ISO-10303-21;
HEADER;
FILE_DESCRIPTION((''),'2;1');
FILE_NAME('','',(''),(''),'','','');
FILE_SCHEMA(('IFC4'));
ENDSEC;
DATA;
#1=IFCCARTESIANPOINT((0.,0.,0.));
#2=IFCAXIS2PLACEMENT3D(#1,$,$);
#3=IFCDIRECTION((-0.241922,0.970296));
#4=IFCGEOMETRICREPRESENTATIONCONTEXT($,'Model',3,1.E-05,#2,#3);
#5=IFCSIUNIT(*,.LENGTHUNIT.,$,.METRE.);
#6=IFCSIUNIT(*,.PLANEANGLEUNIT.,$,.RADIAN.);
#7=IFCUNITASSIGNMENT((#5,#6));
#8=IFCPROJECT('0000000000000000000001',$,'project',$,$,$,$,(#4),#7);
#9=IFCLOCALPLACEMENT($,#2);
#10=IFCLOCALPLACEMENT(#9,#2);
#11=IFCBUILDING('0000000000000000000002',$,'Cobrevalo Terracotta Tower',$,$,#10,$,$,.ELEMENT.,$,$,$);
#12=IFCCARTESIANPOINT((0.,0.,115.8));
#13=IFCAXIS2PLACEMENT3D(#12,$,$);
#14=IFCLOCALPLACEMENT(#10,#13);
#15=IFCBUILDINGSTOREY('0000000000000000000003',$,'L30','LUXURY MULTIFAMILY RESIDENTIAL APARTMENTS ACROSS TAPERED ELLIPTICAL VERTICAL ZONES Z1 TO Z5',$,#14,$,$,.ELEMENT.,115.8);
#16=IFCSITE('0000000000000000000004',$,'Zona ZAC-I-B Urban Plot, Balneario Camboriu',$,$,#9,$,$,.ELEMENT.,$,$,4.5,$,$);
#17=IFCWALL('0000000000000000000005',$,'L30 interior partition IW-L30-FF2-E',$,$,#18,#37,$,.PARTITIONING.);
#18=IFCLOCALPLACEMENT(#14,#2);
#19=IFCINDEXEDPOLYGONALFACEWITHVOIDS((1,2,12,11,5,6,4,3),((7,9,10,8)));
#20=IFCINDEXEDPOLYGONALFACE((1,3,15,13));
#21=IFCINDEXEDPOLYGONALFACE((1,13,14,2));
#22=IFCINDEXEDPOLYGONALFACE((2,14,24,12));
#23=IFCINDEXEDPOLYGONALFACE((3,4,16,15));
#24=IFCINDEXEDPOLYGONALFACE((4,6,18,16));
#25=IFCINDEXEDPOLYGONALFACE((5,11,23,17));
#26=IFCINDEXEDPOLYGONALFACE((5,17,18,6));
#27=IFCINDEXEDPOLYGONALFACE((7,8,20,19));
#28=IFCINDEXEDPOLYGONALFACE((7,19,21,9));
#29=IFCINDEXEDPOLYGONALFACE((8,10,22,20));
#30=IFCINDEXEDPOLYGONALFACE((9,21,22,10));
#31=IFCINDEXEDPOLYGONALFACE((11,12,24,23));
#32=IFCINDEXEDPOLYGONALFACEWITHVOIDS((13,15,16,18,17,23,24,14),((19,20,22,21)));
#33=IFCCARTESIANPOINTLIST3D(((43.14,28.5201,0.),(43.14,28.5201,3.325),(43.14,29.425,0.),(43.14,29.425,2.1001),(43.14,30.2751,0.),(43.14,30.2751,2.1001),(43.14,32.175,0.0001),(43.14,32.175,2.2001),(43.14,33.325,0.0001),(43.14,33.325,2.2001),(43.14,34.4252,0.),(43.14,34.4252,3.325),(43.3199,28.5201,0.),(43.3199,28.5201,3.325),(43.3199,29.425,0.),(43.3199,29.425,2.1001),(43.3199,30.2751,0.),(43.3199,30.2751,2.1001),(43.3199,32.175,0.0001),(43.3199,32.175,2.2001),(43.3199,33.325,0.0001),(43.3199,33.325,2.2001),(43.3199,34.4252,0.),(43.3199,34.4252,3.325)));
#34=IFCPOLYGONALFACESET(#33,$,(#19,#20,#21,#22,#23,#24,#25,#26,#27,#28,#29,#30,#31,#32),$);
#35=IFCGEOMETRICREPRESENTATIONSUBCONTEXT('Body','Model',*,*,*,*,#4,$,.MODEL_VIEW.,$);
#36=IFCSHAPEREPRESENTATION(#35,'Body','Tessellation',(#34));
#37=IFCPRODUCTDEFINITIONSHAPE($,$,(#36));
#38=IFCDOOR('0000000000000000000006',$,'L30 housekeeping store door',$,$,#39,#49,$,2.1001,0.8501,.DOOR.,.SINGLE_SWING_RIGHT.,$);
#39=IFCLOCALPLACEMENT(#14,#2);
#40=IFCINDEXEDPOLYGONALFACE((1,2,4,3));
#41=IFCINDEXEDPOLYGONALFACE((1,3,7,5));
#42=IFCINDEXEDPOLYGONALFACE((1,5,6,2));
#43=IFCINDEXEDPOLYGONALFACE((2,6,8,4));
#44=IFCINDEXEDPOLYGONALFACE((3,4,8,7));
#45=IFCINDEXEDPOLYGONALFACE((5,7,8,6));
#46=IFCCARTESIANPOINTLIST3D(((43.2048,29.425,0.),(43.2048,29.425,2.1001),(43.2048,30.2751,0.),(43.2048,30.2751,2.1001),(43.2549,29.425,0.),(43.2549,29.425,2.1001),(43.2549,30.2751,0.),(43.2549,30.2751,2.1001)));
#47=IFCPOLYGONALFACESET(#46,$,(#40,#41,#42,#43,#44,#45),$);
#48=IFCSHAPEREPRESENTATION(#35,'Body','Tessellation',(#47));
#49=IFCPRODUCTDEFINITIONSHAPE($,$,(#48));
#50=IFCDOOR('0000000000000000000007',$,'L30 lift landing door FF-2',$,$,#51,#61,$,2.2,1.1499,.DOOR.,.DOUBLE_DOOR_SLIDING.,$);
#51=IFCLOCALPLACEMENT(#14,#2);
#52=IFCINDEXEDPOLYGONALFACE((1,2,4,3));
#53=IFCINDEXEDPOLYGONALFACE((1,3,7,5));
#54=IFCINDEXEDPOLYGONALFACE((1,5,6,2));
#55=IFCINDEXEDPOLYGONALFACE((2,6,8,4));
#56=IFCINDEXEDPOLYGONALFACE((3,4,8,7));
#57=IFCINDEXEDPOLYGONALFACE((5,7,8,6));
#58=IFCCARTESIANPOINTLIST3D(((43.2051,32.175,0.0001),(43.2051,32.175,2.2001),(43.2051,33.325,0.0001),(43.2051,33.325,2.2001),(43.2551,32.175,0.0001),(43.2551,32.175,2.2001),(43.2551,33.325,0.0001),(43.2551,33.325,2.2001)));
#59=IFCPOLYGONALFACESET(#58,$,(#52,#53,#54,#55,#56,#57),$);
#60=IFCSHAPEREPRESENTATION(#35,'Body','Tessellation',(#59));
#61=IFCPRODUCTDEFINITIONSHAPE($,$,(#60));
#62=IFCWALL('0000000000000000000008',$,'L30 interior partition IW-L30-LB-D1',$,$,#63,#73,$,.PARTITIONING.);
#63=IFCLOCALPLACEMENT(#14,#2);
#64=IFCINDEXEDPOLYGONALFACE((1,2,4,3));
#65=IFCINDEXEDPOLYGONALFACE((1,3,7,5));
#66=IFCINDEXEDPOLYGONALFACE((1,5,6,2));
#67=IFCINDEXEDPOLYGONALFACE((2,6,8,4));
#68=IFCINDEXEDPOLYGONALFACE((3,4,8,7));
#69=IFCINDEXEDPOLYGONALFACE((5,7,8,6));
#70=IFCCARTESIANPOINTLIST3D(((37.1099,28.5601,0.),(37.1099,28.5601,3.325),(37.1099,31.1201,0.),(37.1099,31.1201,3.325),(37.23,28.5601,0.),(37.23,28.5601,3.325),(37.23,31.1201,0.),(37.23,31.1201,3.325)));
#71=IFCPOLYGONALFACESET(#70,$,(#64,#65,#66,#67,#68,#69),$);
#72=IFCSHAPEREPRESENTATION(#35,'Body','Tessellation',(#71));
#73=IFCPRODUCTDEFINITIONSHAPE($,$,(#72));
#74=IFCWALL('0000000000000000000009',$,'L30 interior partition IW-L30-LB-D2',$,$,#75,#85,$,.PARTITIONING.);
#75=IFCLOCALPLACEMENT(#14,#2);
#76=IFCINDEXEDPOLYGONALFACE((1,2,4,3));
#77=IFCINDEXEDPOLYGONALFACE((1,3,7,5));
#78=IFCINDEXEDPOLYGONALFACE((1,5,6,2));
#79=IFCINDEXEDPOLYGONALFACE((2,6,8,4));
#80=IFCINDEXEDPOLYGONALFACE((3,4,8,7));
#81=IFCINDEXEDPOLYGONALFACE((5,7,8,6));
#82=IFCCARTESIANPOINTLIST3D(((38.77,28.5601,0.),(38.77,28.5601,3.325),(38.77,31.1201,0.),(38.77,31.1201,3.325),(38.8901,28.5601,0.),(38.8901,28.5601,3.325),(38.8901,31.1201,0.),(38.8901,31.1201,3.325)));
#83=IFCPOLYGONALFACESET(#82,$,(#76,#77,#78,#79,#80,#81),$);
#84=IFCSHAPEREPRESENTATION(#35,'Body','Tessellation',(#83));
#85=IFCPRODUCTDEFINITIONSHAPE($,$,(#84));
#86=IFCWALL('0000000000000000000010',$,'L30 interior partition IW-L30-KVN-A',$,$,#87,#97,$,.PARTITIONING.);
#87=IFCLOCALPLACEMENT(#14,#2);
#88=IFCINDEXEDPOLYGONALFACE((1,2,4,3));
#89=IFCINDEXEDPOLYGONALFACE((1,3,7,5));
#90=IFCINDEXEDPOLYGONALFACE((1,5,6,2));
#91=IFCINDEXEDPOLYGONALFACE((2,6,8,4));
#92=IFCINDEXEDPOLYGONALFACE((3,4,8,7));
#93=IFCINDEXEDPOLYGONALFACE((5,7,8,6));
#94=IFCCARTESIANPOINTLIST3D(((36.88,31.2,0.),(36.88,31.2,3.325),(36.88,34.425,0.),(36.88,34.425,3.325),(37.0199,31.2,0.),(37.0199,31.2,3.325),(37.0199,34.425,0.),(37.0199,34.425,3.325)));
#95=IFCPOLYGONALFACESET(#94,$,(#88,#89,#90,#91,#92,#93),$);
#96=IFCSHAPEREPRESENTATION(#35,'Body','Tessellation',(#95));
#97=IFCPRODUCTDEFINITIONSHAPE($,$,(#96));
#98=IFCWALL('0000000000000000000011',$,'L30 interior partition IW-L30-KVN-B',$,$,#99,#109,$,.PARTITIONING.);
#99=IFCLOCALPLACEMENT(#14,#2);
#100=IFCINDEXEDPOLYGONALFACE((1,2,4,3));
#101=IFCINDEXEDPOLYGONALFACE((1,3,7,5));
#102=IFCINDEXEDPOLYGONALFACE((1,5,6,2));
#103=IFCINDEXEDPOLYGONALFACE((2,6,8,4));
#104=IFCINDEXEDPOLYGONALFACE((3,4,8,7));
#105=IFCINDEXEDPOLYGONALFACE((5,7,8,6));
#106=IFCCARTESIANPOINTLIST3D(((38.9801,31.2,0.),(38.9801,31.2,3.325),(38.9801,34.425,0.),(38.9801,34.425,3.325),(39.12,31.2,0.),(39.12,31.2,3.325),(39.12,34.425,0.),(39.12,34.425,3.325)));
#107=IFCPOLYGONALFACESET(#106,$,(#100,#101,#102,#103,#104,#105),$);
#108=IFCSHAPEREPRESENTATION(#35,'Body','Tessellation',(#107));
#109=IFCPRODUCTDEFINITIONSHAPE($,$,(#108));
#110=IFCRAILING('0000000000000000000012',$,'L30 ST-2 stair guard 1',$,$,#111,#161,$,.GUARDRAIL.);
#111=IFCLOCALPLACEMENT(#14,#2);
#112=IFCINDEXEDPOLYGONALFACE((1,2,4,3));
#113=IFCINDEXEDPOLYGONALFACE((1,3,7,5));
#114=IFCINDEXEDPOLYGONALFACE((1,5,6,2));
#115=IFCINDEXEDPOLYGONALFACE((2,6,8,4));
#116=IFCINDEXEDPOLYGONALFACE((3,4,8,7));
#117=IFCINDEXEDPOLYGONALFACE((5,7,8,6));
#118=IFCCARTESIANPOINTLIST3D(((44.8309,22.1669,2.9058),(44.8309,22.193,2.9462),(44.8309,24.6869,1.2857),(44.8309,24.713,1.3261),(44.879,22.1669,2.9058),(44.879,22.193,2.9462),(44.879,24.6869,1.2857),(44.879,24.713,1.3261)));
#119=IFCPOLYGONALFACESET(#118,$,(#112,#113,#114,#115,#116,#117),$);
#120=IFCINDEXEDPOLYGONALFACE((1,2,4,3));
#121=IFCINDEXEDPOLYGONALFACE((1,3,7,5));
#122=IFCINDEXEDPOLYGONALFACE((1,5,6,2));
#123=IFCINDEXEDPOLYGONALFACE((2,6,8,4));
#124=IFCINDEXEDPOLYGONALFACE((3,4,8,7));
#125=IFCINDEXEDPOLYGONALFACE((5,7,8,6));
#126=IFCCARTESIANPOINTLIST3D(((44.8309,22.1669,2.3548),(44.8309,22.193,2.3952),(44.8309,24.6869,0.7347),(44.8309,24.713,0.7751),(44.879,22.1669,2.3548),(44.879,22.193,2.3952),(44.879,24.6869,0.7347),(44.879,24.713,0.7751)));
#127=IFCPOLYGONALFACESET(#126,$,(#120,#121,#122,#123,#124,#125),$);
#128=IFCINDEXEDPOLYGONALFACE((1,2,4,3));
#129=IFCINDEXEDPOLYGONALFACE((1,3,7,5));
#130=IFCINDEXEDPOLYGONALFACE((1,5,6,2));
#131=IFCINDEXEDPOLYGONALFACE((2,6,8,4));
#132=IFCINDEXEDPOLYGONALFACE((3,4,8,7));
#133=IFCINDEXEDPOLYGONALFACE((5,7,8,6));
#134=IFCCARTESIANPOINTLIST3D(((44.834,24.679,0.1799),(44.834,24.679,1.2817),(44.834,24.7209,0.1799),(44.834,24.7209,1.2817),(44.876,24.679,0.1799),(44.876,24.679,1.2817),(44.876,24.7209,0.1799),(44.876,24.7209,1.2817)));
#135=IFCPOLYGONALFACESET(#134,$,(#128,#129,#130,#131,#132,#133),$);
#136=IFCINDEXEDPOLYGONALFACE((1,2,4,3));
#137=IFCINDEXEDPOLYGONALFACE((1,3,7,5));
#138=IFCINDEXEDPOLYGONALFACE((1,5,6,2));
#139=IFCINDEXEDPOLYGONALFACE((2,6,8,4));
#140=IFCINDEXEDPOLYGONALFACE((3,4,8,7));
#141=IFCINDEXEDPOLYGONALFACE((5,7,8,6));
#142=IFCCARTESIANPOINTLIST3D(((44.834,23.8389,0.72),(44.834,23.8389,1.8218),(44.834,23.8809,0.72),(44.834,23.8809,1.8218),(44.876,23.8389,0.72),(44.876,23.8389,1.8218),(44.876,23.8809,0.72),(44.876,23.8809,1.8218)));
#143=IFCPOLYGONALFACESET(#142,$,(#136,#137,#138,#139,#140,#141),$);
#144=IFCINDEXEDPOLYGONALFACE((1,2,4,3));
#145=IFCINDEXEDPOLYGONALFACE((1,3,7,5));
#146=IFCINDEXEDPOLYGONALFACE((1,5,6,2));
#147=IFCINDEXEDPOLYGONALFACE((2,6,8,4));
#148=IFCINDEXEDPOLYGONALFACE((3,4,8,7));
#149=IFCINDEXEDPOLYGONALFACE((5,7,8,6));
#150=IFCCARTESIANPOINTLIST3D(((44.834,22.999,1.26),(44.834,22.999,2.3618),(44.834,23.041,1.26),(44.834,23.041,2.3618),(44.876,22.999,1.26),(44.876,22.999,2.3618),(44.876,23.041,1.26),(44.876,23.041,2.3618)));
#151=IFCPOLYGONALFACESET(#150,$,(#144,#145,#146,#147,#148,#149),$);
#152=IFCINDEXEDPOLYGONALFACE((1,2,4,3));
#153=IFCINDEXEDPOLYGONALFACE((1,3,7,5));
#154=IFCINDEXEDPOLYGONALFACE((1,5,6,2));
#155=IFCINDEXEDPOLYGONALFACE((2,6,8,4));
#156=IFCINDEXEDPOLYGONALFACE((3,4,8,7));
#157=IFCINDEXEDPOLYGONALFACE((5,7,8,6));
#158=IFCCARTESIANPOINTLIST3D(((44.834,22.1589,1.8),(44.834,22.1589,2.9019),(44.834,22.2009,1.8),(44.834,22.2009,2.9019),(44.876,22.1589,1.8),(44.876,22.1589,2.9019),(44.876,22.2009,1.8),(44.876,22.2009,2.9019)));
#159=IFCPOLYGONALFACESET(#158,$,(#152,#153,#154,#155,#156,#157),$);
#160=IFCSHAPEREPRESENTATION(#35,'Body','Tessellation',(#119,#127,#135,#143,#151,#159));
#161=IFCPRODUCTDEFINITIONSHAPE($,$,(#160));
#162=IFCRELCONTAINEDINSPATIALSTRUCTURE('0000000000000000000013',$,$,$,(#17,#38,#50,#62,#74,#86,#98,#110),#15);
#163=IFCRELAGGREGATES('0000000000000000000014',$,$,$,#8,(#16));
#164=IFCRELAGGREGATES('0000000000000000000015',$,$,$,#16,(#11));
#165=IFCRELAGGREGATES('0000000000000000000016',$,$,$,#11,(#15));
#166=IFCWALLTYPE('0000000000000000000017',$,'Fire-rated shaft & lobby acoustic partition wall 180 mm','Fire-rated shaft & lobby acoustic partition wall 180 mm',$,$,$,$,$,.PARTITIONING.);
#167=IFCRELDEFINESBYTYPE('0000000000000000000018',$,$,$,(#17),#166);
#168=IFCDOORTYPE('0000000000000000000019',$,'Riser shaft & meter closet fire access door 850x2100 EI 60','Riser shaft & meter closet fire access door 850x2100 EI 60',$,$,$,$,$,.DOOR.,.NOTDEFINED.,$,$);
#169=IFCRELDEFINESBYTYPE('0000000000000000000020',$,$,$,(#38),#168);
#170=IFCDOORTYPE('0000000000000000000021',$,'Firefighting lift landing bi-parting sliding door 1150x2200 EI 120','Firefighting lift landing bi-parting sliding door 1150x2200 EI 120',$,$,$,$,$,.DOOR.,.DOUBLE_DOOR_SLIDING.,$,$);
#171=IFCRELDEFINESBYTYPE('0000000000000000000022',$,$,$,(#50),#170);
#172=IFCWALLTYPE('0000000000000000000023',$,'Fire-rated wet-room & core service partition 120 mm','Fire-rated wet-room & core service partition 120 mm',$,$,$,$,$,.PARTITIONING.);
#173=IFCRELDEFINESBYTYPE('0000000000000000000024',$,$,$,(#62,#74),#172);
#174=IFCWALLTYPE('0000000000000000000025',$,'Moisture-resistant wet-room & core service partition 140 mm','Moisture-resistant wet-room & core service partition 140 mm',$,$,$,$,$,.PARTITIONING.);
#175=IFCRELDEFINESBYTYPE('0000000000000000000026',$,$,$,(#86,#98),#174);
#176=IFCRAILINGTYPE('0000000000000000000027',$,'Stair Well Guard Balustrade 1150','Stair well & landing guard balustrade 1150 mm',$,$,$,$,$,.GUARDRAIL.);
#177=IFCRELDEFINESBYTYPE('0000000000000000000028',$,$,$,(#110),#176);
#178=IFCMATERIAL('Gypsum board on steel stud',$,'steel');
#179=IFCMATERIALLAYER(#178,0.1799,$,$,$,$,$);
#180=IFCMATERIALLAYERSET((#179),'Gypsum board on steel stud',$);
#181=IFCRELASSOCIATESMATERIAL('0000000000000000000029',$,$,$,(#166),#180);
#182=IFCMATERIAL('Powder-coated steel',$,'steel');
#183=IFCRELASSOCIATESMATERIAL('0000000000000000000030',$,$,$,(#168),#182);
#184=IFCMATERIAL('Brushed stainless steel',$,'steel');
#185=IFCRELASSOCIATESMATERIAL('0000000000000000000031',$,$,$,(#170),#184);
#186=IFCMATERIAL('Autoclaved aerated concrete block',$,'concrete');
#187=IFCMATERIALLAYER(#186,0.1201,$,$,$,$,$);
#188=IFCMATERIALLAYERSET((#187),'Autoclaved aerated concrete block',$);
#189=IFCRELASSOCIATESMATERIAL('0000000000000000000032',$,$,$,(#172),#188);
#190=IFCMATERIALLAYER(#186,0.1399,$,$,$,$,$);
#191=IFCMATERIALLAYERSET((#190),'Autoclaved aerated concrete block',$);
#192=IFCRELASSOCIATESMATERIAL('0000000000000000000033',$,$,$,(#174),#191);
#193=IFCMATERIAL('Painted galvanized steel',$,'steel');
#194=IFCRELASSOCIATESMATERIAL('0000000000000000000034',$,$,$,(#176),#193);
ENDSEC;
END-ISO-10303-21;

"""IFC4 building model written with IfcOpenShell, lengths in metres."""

from ifc_helpers import new_model, si_unit, direction, frame, frame_2d, origin, origin_2d, place, context, subcontext, project, spatial, rectangle, extrude, source, transform, mapped, material, layer, layer_set, type_object, element, fill, save


model = new_model("IFC4")

# Units and contexts
model_context = context("Model", 3, precision=1e-05, world=origin(), true_north=direction((-0.241922, 0.970296)))
body_context = subcontext(model_context, "Body", "Model", "MODEL_VIEW")
ifc_project = project(units=[si_unit("LENGTHUNIT", "METRE"), si_unit("PLANEANGLEUNIT", "RADIAN")], contexts=[model_context])

# Site, building, storey
site_placement = place(None, origin())
site = spatial("IfcSite", under=ifc_project, at=site_placement, Name="Zona ZAC-I-B Urban Plot, Balneario Camboriu", CompositionType="ELEMENT", RefElevation=4.5)
building_placement = place(site_placement, origin())
building = spatial("IfcBuilding", under=site, at=building_placement, Name="Cobrevalo Terracotta Tower", CompositionType="ELEMENT")
storey_placement = place(building_placement, frame((0.0, 0.0, 115.8)))
storey = spatial("IfcBuildingStorey", under=building, at=storey_placement, Name="L30", Description="LUXURY MULTIFAMILY RESIDENTIAL APARTMENTS ACROSS TAPERED ELLIPTICAL VERTICAL ZONES Z1 TO Z5", CompositionType="ELEMENT", Elevation=115.8)

# Shared definitions
ifc_material_1 = material(Name="Gypsum board on steel stud", Category="steel")

# Shared definitions
ifc_material_2 = material(Name="Brushed stainless steel", Category="steel")

# Shared definitions
ifc_layer_1 = layer(ifc_material_1, 0.1799)
ifc_layer_set_1 = layer_set([ifc_layer_1], Name="Gypsum board on steel stud")
wall_type_1 = type_object("IfcWallType", Name="Fire-rated shaft & lobby acoustic partition wall 180 mm", Description="Fire-rated shaft & lobby acoustic partition wall 180 mm", PredefinedType="PARTITIONING", material=ifc_layer_set_1)
ifc_material_3 = material(Name="Powder-coated steel", Category="steel")
door_type_1 = type_object("IfcDoorType", Name="Riser shaft & meter closet fire access door 850x2100 EI 60", Description="Riser shaft & meter closet fire access door 850x2100 EI 60", OperationType="NOTDEFINED", PredefinedType="DOOR", material=ifc_material_3)
shared_shape_1 = source(origin(), body_context, "Body", "SweptSolid", [
    extrude(rectangle(XDim=0.8501, YDim=2.1001, at=frame_2d((0.425, 1.05))), frame((0.0, 0.0249, 0.0), z_axis=(0.0, -1.0, 0.0), x_axis=(1.0, 0.0, 0.0)), (0.0, 0.0, 1.0), 0.05),
])

# Wall, openings, doors
wall_1_placement = place(storey_placement, frame((43.23, 28.52, 0.0), z_axis=(0.0, 0.0, 1.0), x_axis=(0.0, 1.0, 0.0)))
wall_1 = element("IfcWall", 1, at=wall_1_placement, inside=storey, type_object=wall_type_1, Name="L30 interior partition IW-L30-FF2-E", PredefinedType="PARTITIONING", context=body_context, shape_type="SweptSolid", body=[
    extrude(rectangle(XDim=5.905, YDim=0.1799, at=frame_2d((2.9526, 0.0))), origin(), (0.0, 0.0, 1.0), 3.325),
])
opening_1_placement = place(wall_1_placement, frame((0.905, 0.0, 0.0)))
opening_1 = element("IfcOpeningElement", 2, at=opening_1_placement, cuts=wall_1, PredefinedType="OPENING", context=body_context, shape_type="SweptSolid", body=[
    extrude(rectangle(XDim=0.8501, YDim=2.1001, at=frame_2d((0.425, 1.05))), frame((0.0, 0.1001, 0.0), z_axis=(0.0, -1.0, 0.0), x_axis=(1.0, 0.0, 0.0)), (0.0, 0.0, 1.0), 0.2),
])
opening_2_placement = place(wall_1_placement, frame((3.655, 0.0, 0.0)))
opening_2 = element("IfcOpeningElement", 3, at=opening_2_placement, cuts=wall_1, PredefinedType="OPENING", context=body_context, shape_type="SweptSolid", body=[
    extrude(rectangle(XDim=1.1499, YDim=2.2, at=frame_2d((0.575, 1.1001))), frame((0.0, 0.1001, 0.0), z_axis=(0.0, -1.0, 0.0), x_axis=(1.0, 0.0, 0.0)), (0.0, 0.0, 1.0), 0.2),
])
door_1_placement = place(opening_1_placement, frame((0.8501, 0.0, 0.0), z_axis=(0.0, 0.0, 1.0), x_axis=(-1.0, 0.0, 0.0)))
door_1 = element("IfcDoor", 4, at=door_1_placement, inside=storey, type_object=door_type_1, Name="L30 housekeeping store door", OperationType="SINGLE_SWING_RIGHT", OverallHeight=2.1001, OverallWidth=0.8501, PredefinedType="DOOR", context=body_context, shape_type="MappedRepresentation", body=[
    mapped(shared_shape_1, transform((0.0, 0.0, 0.0), scale=1.0)),
])
fill(opening_1, door_1)
door_type_2 = type_object("IfcDoorType", Name="Firefighting lift landing bi-parting sliding door 1150x2200 EI 120", Description="Firefighting lift landing bi-parting sliding door 1150x2200 EI 120", OperationType="DOUBLE_DOOR_SLIDING", PredefinedType="DOOR", material=ifc_material_2)
shared_shape_2 = source(origin(), body_context, "Body", "SweptSolid", [
    extrude(rectangle(XDim=1.1499, YDim=2.2, at=frame_2d((0.575, 1.1001))), frame((0.0, 0.0249, 0.0), z_axis=(0.0, -1.0, 0.0), x_axis=(1.0, 0.0, 0.0)), (0.0, 0.0, 1.0), 0.05),
])
door_2_placement = place(opening_2_placement, origin())
door_2 = element("IfcDoor", 5, at=door_2_placement, inside=storey, type_object=door_type_2, Name="L30 lift landing door FF-2", OperationType="DOUBLE_DOOR_SLIDING", OverallHeight=2.2, OverallWidth=1.1499, PredefinedType="DOOR", context=body_context, shape_type="MappedRepresentation", body=[
    mapped(shared_shape_2, transform((0.0, 0.0, 0.0), scale=1.0)),
])
fill(opening_2, door_2)

# Walls
ifc_material_4 = material(Name="Autoclaved aerated concrete block", Category="concrete")
ifc_layer_2 = layer(ifc_material_4, 0.1201)
ifc_layer_set_2 = layer_set([ifc_layer_2], Name="Autoclaved aerated concrete block")
wall_type_2 = type_object("IfcWallType", Name="Fire-rated wet-room & core service partition 120 mm", Description="Fire-rated wet-room & core service partition 120 mm", PredefinedType="PARTITIONING", material=ifc_layer_set_2)
for number, where, z_axis, x_axis, name in (
    (6, (37.1699, 28.5601, 0.0), (0.0, 0.0, 1.0), (0.0, 1.0, 0.0), "L30 interior partition IW-L30-LB-D1"),
    (7, (38.8301, 28.5601, 0.0), (0.0, 0.0, 1.0), (0.0, 1.0, 0.0), "L30 interior partition IW-L30-LB-D2"),
):
    element("IfcWall", number, at=place(storey_placement, frame(where, z_axis=z_axis, x_axis=x_axis)), inside=storey, type_object=wall_type_2, Name=name, PredefinedType="PARTITIONING", context=body_context, shape_type="SweptSolid", body=[
        extrude(rectangle(XDim=2.5601, YDim=0.1201, at=frame_2d((1.28, 0.0))), origin(), (0.0, 0.0, 1.0), 3.325),
    ])
ifc_layer_3 = layer(ifc_material_4, 0.1399)
ifc_layer_set_3 = layer_set([ifc_layer_3], Name="Autoclaved aerated concrete block")
wall_type_3 = type_object("IfcWallType", Name="Moisture-resistant wet-room & core service partition 140 mm", Description="Moisture-resistant wet-room & core service partition 140 mm", PredefinedType="PARTITIONING", material=ifc_layer_set_3)
for number, where, z_axis, x_axis, name in (
    (8, (36.95, 31.2, 0.0), (0.0, 0.0, 1.0), (0.0, 1.0, 0.0), "L30 interior partition IW-L30-KVN-A"),
    (9, (39.05, 31.2, 0.0), (0.0, 0.0, 1.0), (0.0, 1.0, 0.0), "L30 interior partition IW-L30-KVN-B"),
):
    element("IfcWall", number, at=place(storey_placement, frame(where, z_axis=z_axis, x_axis=x_axis)), inside=storey, type_object=wall_type_3, Name=name, PredefinedType="PARTITIONING", context=body_context, shape_type="SweptSolid", body=[
        extrude(rectangle(XDim=3.2251, YDim=0.1399, at=frame_2d((1.6125, 0.0))), origin(), (0.0, 0.0, 1.0), 3.325),
    ])

# Railing
ifc_material_5 = material(Name="Painted galvanized steel", Category="steel")
railing_type = type_object("IfcRailingType", Name="Stair Well Guard Balustrade 1150", Description="Stair well & landing guard balustrade 1150 mm", PredefinedType="GUARDRAIL", material=ifc_material_5)
railing_1_placement = place(storey_placement, frame((44.855, 24.7, 0.1799)))
element("IfcRailing", 10, at=railing_1_placement, inside=storey, type_object=railing_type, Name="L30 ST-2 stair guard 1", PredefinedType="GUARDRAIL", context=body_context, shape_type="SweptSolid", body=[
    extrude(rectangle(XDim=0.0481, YDim=0.0481, at=origin_2d()), frame((0.0, 0.0, 1.126), z_axis=(0.0, -0.841163, 0.540782), x_axis=(1.0, 0.0, 0.0)), (0.0, 0.0, 1.0), 2.9958),
    extrude(rectangle(XDim=0.0481, YDim=0.0481, at=origin_2d()), frame((0.0, 0.0, 0.575), z_axis=(0.0, -0.841163, 0.540782), x_axis=(1.0, 0.0, 0.0)), (0.0, 0.0, 1.0), 2.9958),
    extrude(rectangle(XDim=0.042, YDim=0.042, at=origin_2d()), origin(), (0.0, 0.0, 1.0), 1.1018),
    extrude(rectangle(XDim=0.042, YDim=0.042, at=origin_2d()), frame((0.0, -0.8401, 0.54)), (0.0, 0.0, 1.0), 1.1018),
    extrude(rectangle(XDim=0.042, YDim=0.042, at=origin_2d()), frame((0.0, -1.6799, 1.0801)), (0.0, 0.0, 1.0), 1.1018),
    extrude(rectangle(XDim=0.042, YDim=0.042, at=origin_2d()), frame((0.0, -2.52, 1.6201)), (0.0, 0.0, 1.0), 1.1018),
])

save(model, "model.ifc")
